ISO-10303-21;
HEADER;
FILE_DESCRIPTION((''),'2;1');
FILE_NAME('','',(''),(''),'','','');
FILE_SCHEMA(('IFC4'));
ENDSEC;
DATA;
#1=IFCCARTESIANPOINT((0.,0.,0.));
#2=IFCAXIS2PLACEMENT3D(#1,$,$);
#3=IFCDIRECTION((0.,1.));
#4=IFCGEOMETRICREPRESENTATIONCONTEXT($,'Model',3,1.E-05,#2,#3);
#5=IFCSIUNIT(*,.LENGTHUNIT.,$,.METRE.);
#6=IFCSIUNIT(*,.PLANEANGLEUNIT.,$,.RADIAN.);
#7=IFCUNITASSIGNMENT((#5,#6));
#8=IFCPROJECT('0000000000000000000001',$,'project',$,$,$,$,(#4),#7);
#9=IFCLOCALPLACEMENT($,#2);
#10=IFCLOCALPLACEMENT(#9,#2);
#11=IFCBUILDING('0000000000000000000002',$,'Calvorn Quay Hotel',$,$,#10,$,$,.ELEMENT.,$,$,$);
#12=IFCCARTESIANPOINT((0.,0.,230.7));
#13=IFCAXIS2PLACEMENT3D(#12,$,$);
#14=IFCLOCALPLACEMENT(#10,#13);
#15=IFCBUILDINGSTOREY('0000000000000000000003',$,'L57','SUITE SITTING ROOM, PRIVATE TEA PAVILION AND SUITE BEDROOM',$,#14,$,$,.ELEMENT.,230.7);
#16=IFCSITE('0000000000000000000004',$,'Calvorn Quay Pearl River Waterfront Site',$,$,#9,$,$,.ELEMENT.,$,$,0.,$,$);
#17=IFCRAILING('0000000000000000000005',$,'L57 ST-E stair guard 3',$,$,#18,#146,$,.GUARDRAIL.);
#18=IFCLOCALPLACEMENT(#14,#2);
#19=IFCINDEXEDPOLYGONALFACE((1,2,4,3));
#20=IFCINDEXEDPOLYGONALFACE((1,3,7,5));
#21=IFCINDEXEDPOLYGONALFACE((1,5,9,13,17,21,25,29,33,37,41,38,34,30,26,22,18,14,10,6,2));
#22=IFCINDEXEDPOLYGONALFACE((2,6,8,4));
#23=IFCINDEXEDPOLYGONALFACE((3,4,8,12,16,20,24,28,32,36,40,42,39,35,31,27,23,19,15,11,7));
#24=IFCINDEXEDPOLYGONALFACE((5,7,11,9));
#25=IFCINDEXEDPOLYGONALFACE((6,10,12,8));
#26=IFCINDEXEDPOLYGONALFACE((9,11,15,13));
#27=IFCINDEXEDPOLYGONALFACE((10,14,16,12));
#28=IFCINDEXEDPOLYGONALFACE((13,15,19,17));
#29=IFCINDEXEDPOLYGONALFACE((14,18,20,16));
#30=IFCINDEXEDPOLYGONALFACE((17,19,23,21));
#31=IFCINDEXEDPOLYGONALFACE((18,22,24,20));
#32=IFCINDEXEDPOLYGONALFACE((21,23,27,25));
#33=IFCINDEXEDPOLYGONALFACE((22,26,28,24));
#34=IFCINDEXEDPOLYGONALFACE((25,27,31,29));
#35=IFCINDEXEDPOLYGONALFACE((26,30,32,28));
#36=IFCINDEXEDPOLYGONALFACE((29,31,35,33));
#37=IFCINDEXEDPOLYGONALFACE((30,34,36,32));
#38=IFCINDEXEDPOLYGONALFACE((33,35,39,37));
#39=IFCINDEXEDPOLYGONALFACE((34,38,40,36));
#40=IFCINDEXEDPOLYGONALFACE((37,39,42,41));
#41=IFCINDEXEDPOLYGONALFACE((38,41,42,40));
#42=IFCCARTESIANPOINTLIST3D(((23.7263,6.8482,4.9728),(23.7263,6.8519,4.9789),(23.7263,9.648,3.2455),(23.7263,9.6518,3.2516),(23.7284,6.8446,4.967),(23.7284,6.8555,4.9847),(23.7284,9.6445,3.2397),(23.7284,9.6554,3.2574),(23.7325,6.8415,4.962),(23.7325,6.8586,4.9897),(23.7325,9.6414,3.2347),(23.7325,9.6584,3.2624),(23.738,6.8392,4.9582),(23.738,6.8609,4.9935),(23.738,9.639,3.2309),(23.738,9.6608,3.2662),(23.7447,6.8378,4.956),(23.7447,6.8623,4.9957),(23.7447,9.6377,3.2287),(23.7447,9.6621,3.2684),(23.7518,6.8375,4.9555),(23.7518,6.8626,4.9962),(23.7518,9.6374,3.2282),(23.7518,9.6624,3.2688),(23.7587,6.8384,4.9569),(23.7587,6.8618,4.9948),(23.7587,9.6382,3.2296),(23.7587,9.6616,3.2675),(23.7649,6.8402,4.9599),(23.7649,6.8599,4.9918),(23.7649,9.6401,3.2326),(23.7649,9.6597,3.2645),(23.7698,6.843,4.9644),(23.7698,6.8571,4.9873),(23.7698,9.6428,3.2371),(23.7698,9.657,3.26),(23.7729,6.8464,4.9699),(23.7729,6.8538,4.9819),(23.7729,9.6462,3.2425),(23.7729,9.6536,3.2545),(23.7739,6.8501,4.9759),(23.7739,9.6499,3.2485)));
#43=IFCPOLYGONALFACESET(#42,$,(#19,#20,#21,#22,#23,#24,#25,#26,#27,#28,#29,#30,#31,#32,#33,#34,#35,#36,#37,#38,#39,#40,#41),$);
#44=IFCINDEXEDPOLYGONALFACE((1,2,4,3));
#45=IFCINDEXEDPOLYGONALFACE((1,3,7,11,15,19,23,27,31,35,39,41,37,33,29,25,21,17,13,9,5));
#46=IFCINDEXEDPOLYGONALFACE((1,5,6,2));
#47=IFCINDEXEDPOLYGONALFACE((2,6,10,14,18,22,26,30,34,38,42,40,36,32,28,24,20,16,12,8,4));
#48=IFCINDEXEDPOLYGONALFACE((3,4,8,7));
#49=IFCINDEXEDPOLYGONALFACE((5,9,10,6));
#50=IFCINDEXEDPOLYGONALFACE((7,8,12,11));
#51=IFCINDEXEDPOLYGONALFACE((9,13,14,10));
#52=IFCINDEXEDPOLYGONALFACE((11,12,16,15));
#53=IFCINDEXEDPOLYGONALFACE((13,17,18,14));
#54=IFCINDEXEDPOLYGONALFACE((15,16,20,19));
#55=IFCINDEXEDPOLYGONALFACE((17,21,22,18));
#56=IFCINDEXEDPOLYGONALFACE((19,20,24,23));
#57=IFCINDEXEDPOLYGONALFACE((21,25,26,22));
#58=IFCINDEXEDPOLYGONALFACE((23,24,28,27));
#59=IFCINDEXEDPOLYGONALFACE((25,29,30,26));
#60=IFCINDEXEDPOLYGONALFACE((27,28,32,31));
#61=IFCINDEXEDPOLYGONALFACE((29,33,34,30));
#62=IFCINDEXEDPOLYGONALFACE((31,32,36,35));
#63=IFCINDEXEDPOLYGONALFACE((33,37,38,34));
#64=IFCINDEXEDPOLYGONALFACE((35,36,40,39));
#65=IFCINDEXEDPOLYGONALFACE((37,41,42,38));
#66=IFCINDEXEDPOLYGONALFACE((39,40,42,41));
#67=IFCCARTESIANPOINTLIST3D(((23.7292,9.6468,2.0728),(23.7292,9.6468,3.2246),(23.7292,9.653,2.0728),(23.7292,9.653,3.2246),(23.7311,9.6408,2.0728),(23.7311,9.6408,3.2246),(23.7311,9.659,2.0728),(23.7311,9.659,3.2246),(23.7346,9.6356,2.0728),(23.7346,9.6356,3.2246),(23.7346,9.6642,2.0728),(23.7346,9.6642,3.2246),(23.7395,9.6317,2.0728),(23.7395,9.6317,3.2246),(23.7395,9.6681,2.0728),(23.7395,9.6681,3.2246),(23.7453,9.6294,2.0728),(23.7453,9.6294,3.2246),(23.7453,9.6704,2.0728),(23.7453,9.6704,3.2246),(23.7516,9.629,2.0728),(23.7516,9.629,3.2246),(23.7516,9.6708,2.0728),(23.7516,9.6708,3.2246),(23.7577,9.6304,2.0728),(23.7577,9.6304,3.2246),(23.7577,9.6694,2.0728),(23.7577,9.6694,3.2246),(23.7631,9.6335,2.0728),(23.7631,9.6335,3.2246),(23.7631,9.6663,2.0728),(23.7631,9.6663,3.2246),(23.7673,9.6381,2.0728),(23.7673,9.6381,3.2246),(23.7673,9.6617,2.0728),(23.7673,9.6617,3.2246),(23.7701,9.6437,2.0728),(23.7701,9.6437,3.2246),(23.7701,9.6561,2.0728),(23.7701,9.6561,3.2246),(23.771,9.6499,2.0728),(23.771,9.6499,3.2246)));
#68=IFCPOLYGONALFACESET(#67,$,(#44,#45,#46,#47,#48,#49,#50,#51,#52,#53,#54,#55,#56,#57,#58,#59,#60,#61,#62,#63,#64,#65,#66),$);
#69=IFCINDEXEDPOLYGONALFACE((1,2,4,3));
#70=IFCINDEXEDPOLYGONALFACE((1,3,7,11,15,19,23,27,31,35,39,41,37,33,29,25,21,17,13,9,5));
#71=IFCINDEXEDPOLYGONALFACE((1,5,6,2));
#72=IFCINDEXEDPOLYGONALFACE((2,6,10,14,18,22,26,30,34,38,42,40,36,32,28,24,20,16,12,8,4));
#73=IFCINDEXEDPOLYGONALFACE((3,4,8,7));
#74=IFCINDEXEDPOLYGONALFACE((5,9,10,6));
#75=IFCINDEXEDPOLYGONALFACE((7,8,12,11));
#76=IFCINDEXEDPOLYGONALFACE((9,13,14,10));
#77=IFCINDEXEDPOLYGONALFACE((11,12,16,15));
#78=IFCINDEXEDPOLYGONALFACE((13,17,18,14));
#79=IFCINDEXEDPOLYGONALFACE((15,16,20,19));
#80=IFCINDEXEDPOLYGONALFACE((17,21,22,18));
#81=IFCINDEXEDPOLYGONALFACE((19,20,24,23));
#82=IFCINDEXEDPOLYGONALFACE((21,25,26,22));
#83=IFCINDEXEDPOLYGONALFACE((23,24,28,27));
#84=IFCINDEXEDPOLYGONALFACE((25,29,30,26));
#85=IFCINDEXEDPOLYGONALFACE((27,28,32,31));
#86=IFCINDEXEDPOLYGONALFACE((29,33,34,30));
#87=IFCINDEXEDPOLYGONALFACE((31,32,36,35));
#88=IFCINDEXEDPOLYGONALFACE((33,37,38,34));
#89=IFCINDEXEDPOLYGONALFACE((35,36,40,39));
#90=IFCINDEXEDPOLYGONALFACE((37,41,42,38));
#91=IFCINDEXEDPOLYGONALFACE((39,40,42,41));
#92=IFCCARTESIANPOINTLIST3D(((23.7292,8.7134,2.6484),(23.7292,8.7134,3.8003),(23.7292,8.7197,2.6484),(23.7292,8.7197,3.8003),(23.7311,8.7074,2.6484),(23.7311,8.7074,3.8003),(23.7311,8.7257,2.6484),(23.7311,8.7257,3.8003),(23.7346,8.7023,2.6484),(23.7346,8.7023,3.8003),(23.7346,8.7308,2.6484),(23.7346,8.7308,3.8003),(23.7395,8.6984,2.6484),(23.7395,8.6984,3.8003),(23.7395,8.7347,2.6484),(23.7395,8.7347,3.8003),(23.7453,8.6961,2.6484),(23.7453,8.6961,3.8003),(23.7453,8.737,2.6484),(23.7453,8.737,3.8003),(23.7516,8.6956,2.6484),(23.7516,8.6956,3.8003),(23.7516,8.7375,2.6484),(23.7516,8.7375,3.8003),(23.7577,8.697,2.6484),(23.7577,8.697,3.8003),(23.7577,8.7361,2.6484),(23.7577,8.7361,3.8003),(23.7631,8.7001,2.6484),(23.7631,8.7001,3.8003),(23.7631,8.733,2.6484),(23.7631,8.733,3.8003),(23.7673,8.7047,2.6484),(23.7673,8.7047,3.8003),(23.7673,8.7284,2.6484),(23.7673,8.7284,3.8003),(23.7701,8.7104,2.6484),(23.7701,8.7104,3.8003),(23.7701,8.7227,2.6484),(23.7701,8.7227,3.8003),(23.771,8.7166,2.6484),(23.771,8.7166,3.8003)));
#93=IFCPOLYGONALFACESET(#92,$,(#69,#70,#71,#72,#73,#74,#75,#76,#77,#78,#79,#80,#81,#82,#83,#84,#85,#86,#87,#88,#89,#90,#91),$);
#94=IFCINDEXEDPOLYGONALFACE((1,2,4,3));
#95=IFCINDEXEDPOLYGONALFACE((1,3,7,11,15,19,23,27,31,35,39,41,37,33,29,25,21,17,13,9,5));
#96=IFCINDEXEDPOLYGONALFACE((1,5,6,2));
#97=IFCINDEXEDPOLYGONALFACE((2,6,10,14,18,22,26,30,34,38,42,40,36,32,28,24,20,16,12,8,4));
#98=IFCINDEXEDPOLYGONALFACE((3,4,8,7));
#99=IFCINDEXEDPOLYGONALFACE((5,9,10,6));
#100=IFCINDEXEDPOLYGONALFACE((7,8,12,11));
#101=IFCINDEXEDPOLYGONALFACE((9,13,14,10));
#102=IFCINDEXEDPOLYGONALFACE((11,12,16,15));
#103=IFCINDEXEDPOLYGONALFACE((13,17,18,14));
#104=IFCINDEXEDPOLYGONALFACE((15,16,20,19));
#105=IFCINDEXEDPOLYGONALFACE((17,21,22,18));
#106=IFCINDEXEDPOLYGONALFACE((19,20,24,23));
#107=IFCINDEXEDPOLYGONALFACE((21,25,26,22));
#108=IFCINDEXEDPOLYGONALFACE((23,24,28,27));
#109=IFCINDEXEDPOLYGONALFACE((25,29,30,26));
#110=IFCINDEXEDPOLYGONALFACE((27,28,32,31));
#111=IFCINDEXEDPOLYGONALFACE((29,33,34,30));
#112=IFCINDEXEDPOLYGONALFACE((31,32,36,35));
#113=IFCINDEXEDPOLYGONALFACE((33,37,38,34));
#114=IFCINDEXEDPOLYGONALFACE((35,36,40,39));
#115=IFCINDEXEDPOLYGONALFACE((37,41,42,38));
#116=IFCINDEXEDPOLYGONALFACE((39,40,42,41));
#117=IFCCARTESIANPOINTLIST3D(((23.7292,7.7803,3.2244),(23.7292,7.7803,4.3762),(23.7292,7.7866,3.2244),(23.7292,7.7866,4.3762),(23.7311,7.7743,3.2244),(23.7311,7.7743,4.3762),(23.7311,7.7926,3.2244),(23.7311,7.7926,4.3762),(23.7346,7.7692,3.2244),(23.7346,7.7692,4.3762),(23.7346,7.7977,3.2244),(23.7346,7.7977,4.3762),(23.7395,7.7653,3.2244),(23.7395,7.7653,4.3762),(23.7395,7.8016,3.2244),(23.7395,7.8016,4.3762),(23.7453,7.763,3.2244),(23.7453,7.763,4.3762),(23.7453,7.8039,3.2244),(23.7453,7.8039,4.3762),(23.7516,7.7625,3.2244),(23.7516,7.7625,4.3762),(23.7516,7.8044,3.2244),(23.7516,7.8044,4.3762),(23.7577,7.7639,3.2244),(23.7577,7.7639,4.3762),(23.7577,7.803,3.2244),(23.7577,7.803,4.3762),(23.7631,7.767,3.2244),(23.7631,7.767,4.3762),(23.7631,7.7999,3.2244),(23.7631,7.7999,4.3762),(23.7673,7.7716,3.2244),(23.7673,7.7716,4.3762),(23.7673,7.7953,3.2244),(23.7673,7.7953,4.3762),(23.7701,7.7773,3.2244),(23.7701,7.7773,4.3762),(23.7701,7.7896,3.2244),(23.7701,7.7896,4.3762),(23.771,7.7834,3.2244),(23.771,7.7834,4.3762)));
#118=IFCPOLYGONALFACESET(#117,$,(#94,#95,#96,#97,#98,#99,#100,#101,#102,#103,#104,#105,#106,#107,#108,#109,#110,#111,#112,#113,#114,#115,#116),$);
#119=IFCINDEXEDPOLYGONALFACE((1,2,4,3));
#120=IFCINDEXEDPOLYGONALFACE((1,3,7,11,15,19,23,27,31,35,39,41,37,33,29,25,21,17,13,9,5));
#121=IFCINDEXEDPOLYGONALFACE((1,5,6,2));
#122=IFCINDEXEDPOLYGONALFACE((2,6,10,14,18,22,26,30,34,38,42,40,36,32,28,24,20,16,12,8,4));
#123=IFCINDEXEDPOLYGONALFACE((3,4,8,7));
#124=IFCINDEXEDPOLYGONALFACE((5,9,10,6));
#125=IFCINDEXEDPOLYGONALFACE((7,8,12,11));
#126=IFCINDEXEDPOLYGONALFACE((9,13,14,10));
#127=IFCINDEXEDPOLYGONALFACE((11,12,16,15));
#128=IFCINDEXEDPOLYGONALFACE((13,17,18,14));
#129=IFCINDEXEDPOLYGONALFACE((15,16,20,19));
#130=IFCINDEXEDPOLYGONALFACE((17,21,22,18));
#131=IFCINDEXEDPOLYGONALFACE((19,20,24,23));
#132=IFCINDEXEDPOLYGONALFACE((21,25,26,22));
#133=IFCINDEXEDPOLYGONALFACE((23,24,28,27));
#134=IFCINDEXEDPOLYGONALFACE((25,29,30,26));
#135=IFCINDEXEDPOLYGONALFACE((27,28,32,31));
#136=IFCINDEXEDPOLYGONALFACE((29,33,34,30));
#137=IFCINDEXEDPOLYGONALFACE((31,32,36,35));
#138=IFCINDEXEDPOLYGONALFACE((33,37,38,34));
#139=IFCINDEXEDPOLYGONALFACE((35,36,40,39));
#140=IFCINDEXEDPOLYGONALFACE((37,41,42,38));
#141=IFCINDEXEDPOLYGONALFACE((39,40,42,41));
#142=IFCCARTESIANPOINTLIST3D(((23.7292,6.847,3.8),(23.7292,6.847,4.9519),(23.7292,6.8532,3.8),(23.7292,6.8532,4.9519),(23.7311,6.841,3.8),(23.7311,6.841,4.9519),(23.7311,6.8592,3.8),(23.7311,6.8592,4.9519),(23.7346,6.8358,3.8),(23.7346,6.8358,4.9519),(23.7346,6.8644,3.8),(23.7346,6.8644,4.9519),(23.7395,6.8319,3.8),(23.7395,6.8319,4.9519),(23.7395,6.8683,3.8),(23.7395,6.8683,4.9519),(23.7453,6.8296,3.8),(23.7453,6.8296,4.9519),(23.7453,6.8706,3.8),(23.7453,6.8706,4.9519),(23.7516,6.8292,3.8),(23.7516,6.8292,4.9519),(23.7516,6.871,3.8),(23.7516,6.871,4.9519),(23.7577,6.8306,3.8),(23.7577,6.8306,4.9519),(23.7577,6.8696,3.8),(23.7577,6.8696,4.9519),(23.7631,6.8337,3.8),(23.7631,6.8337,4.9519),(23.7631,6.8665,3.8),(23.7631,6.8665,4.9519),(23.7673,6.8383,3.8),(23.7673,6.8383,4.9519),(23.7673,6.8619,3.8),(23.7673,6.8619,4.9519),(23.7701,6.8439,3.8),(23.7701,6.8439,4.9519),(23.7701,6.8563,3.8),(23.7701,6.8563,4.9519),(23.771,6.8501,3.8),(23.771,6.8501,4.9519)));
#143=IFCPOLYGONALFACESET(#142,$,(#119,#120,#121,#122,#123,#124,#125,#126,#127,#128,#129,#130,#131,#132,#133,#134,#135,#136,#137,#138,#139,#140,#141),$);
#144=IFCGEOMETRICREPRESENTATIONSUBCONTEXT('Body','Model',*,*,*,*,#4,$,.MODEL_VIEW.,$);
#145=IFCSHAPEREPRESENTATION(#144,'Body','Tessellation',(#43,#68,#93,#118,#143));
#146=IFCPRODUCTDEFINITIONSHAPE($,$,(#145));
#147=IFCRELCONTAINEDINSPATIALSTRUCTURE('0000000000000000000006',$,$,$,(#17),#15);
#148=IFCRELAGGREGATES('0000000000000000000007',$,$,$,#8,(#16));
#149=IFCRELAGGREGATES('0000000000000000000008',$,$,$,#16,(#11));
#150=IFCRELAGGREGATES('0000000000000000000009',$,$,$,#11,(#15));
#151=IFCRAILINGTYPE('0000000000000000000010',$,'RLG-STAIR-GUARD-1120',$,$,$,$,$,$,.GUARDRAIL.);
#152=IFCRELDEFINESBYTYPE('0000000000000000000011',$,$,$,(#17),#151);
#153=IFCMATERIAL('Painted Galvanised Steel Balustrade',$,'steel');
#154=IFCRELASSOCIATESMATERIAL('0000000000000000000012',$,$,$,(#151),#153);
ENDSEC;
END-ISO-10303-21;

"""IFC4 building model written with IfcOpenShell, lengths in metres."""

from ifc_helpers import new_model, si_unit, direction, frame, origin, origin_2d, place, context, subcontext, project, spatial, circle, extrude, material, type_object, element, save


model = new_model("IFC4")

# Units and contexts
model_context = context("Model", 3, precision=1e-05, world=origin(), true_north=direction((0.0, 1.0)))
body_context = subcontext(model_context, "Body", "Model", "MODEL_VIEW")
ifc_project = project(units=[si_unit("LENGTHUNIT", "METRE"), si_unit("PLANEANGLEUNIT", "RADIAN")], contexts=[model_context])

# Site, building, storey
site_placement = place(None, origin())
site = spatial("IfcSite", under=ifc_project, at=site_placement, Name="Calvorn Quay Pearl River Waterfront Site", CompositionType="ELEMENT", RefElevation=0.0)
building_placement = place(site_placement, origin())
building = spatial("IfcBuilding", under=site, at=building_placement, Name="Calvorn Quay Hotel", CompositionType="ELEMENT")
storey_placement = place(building_placement, frame((0.0, 0.0, 230.7)))
storey = spatial("IfcBuildingStorey", under=building, at=storey_placement, Name="L57", Description="SUITE SITTING ROOM, PRIVATE TEA PAVILION AND SUITE BEDROOM", CompositionType="ELEMENT", Elevation=230.7)

# Railing
ifc_material_1 = material(Name="Painted Galvanised Steel Balustrade", Category="steel")
railing_type_1 = type_object("IfcRailingType", Name="RLG-STAIR-GUARD-1120", PredefinedType="GUARDRAIL", material=ifc_material_1)
railing_1_placement = place(storey_placement, frame((23.75, 9.6499, 2.0728)))
element("IfcRailing", 1, at=railing_1_placement, inside=storey, type_object=railing_type_1, Name="L57 ST-E stair guard 3", PredefinedType="GUARDRAIL", context=body_context, shape_type="SweptSolid", body=[
    extrude(circle(Radius=0.0239, at=origin_2d()), frame((0.0, 0.0, 1.1758), z_axis=(0.0, -0.851069, 0.525054), x_axis=(1.0, 0.0, 0.0)), (0.0, 0.0, 1.0), 3.2898),
    extrude(circle(Radius=0.021, at=origin_2d()), origin(), (0.0, 0.0, 1.0), 1.1519),
    extrude(circle(Radius=0.021, at=origin_2d()), frame((0.0, -0.9333, 0.5757)), (0.0, 0.0, 1.0), 1.1519),
    extrude(circle(Radius=0.021, at=origin_2d()), frame((0.0, -1.8665, 1.1516)), (0.0, 0.0, 1.0), 1.1519),
    extrude(circle(Radius=0.021, at=origin_2d()), frame((0.0, -2.7998, 1.7273)), (0.0, 0.0, 1.0), 1.1519),
])

save(model, "model.ifc")
